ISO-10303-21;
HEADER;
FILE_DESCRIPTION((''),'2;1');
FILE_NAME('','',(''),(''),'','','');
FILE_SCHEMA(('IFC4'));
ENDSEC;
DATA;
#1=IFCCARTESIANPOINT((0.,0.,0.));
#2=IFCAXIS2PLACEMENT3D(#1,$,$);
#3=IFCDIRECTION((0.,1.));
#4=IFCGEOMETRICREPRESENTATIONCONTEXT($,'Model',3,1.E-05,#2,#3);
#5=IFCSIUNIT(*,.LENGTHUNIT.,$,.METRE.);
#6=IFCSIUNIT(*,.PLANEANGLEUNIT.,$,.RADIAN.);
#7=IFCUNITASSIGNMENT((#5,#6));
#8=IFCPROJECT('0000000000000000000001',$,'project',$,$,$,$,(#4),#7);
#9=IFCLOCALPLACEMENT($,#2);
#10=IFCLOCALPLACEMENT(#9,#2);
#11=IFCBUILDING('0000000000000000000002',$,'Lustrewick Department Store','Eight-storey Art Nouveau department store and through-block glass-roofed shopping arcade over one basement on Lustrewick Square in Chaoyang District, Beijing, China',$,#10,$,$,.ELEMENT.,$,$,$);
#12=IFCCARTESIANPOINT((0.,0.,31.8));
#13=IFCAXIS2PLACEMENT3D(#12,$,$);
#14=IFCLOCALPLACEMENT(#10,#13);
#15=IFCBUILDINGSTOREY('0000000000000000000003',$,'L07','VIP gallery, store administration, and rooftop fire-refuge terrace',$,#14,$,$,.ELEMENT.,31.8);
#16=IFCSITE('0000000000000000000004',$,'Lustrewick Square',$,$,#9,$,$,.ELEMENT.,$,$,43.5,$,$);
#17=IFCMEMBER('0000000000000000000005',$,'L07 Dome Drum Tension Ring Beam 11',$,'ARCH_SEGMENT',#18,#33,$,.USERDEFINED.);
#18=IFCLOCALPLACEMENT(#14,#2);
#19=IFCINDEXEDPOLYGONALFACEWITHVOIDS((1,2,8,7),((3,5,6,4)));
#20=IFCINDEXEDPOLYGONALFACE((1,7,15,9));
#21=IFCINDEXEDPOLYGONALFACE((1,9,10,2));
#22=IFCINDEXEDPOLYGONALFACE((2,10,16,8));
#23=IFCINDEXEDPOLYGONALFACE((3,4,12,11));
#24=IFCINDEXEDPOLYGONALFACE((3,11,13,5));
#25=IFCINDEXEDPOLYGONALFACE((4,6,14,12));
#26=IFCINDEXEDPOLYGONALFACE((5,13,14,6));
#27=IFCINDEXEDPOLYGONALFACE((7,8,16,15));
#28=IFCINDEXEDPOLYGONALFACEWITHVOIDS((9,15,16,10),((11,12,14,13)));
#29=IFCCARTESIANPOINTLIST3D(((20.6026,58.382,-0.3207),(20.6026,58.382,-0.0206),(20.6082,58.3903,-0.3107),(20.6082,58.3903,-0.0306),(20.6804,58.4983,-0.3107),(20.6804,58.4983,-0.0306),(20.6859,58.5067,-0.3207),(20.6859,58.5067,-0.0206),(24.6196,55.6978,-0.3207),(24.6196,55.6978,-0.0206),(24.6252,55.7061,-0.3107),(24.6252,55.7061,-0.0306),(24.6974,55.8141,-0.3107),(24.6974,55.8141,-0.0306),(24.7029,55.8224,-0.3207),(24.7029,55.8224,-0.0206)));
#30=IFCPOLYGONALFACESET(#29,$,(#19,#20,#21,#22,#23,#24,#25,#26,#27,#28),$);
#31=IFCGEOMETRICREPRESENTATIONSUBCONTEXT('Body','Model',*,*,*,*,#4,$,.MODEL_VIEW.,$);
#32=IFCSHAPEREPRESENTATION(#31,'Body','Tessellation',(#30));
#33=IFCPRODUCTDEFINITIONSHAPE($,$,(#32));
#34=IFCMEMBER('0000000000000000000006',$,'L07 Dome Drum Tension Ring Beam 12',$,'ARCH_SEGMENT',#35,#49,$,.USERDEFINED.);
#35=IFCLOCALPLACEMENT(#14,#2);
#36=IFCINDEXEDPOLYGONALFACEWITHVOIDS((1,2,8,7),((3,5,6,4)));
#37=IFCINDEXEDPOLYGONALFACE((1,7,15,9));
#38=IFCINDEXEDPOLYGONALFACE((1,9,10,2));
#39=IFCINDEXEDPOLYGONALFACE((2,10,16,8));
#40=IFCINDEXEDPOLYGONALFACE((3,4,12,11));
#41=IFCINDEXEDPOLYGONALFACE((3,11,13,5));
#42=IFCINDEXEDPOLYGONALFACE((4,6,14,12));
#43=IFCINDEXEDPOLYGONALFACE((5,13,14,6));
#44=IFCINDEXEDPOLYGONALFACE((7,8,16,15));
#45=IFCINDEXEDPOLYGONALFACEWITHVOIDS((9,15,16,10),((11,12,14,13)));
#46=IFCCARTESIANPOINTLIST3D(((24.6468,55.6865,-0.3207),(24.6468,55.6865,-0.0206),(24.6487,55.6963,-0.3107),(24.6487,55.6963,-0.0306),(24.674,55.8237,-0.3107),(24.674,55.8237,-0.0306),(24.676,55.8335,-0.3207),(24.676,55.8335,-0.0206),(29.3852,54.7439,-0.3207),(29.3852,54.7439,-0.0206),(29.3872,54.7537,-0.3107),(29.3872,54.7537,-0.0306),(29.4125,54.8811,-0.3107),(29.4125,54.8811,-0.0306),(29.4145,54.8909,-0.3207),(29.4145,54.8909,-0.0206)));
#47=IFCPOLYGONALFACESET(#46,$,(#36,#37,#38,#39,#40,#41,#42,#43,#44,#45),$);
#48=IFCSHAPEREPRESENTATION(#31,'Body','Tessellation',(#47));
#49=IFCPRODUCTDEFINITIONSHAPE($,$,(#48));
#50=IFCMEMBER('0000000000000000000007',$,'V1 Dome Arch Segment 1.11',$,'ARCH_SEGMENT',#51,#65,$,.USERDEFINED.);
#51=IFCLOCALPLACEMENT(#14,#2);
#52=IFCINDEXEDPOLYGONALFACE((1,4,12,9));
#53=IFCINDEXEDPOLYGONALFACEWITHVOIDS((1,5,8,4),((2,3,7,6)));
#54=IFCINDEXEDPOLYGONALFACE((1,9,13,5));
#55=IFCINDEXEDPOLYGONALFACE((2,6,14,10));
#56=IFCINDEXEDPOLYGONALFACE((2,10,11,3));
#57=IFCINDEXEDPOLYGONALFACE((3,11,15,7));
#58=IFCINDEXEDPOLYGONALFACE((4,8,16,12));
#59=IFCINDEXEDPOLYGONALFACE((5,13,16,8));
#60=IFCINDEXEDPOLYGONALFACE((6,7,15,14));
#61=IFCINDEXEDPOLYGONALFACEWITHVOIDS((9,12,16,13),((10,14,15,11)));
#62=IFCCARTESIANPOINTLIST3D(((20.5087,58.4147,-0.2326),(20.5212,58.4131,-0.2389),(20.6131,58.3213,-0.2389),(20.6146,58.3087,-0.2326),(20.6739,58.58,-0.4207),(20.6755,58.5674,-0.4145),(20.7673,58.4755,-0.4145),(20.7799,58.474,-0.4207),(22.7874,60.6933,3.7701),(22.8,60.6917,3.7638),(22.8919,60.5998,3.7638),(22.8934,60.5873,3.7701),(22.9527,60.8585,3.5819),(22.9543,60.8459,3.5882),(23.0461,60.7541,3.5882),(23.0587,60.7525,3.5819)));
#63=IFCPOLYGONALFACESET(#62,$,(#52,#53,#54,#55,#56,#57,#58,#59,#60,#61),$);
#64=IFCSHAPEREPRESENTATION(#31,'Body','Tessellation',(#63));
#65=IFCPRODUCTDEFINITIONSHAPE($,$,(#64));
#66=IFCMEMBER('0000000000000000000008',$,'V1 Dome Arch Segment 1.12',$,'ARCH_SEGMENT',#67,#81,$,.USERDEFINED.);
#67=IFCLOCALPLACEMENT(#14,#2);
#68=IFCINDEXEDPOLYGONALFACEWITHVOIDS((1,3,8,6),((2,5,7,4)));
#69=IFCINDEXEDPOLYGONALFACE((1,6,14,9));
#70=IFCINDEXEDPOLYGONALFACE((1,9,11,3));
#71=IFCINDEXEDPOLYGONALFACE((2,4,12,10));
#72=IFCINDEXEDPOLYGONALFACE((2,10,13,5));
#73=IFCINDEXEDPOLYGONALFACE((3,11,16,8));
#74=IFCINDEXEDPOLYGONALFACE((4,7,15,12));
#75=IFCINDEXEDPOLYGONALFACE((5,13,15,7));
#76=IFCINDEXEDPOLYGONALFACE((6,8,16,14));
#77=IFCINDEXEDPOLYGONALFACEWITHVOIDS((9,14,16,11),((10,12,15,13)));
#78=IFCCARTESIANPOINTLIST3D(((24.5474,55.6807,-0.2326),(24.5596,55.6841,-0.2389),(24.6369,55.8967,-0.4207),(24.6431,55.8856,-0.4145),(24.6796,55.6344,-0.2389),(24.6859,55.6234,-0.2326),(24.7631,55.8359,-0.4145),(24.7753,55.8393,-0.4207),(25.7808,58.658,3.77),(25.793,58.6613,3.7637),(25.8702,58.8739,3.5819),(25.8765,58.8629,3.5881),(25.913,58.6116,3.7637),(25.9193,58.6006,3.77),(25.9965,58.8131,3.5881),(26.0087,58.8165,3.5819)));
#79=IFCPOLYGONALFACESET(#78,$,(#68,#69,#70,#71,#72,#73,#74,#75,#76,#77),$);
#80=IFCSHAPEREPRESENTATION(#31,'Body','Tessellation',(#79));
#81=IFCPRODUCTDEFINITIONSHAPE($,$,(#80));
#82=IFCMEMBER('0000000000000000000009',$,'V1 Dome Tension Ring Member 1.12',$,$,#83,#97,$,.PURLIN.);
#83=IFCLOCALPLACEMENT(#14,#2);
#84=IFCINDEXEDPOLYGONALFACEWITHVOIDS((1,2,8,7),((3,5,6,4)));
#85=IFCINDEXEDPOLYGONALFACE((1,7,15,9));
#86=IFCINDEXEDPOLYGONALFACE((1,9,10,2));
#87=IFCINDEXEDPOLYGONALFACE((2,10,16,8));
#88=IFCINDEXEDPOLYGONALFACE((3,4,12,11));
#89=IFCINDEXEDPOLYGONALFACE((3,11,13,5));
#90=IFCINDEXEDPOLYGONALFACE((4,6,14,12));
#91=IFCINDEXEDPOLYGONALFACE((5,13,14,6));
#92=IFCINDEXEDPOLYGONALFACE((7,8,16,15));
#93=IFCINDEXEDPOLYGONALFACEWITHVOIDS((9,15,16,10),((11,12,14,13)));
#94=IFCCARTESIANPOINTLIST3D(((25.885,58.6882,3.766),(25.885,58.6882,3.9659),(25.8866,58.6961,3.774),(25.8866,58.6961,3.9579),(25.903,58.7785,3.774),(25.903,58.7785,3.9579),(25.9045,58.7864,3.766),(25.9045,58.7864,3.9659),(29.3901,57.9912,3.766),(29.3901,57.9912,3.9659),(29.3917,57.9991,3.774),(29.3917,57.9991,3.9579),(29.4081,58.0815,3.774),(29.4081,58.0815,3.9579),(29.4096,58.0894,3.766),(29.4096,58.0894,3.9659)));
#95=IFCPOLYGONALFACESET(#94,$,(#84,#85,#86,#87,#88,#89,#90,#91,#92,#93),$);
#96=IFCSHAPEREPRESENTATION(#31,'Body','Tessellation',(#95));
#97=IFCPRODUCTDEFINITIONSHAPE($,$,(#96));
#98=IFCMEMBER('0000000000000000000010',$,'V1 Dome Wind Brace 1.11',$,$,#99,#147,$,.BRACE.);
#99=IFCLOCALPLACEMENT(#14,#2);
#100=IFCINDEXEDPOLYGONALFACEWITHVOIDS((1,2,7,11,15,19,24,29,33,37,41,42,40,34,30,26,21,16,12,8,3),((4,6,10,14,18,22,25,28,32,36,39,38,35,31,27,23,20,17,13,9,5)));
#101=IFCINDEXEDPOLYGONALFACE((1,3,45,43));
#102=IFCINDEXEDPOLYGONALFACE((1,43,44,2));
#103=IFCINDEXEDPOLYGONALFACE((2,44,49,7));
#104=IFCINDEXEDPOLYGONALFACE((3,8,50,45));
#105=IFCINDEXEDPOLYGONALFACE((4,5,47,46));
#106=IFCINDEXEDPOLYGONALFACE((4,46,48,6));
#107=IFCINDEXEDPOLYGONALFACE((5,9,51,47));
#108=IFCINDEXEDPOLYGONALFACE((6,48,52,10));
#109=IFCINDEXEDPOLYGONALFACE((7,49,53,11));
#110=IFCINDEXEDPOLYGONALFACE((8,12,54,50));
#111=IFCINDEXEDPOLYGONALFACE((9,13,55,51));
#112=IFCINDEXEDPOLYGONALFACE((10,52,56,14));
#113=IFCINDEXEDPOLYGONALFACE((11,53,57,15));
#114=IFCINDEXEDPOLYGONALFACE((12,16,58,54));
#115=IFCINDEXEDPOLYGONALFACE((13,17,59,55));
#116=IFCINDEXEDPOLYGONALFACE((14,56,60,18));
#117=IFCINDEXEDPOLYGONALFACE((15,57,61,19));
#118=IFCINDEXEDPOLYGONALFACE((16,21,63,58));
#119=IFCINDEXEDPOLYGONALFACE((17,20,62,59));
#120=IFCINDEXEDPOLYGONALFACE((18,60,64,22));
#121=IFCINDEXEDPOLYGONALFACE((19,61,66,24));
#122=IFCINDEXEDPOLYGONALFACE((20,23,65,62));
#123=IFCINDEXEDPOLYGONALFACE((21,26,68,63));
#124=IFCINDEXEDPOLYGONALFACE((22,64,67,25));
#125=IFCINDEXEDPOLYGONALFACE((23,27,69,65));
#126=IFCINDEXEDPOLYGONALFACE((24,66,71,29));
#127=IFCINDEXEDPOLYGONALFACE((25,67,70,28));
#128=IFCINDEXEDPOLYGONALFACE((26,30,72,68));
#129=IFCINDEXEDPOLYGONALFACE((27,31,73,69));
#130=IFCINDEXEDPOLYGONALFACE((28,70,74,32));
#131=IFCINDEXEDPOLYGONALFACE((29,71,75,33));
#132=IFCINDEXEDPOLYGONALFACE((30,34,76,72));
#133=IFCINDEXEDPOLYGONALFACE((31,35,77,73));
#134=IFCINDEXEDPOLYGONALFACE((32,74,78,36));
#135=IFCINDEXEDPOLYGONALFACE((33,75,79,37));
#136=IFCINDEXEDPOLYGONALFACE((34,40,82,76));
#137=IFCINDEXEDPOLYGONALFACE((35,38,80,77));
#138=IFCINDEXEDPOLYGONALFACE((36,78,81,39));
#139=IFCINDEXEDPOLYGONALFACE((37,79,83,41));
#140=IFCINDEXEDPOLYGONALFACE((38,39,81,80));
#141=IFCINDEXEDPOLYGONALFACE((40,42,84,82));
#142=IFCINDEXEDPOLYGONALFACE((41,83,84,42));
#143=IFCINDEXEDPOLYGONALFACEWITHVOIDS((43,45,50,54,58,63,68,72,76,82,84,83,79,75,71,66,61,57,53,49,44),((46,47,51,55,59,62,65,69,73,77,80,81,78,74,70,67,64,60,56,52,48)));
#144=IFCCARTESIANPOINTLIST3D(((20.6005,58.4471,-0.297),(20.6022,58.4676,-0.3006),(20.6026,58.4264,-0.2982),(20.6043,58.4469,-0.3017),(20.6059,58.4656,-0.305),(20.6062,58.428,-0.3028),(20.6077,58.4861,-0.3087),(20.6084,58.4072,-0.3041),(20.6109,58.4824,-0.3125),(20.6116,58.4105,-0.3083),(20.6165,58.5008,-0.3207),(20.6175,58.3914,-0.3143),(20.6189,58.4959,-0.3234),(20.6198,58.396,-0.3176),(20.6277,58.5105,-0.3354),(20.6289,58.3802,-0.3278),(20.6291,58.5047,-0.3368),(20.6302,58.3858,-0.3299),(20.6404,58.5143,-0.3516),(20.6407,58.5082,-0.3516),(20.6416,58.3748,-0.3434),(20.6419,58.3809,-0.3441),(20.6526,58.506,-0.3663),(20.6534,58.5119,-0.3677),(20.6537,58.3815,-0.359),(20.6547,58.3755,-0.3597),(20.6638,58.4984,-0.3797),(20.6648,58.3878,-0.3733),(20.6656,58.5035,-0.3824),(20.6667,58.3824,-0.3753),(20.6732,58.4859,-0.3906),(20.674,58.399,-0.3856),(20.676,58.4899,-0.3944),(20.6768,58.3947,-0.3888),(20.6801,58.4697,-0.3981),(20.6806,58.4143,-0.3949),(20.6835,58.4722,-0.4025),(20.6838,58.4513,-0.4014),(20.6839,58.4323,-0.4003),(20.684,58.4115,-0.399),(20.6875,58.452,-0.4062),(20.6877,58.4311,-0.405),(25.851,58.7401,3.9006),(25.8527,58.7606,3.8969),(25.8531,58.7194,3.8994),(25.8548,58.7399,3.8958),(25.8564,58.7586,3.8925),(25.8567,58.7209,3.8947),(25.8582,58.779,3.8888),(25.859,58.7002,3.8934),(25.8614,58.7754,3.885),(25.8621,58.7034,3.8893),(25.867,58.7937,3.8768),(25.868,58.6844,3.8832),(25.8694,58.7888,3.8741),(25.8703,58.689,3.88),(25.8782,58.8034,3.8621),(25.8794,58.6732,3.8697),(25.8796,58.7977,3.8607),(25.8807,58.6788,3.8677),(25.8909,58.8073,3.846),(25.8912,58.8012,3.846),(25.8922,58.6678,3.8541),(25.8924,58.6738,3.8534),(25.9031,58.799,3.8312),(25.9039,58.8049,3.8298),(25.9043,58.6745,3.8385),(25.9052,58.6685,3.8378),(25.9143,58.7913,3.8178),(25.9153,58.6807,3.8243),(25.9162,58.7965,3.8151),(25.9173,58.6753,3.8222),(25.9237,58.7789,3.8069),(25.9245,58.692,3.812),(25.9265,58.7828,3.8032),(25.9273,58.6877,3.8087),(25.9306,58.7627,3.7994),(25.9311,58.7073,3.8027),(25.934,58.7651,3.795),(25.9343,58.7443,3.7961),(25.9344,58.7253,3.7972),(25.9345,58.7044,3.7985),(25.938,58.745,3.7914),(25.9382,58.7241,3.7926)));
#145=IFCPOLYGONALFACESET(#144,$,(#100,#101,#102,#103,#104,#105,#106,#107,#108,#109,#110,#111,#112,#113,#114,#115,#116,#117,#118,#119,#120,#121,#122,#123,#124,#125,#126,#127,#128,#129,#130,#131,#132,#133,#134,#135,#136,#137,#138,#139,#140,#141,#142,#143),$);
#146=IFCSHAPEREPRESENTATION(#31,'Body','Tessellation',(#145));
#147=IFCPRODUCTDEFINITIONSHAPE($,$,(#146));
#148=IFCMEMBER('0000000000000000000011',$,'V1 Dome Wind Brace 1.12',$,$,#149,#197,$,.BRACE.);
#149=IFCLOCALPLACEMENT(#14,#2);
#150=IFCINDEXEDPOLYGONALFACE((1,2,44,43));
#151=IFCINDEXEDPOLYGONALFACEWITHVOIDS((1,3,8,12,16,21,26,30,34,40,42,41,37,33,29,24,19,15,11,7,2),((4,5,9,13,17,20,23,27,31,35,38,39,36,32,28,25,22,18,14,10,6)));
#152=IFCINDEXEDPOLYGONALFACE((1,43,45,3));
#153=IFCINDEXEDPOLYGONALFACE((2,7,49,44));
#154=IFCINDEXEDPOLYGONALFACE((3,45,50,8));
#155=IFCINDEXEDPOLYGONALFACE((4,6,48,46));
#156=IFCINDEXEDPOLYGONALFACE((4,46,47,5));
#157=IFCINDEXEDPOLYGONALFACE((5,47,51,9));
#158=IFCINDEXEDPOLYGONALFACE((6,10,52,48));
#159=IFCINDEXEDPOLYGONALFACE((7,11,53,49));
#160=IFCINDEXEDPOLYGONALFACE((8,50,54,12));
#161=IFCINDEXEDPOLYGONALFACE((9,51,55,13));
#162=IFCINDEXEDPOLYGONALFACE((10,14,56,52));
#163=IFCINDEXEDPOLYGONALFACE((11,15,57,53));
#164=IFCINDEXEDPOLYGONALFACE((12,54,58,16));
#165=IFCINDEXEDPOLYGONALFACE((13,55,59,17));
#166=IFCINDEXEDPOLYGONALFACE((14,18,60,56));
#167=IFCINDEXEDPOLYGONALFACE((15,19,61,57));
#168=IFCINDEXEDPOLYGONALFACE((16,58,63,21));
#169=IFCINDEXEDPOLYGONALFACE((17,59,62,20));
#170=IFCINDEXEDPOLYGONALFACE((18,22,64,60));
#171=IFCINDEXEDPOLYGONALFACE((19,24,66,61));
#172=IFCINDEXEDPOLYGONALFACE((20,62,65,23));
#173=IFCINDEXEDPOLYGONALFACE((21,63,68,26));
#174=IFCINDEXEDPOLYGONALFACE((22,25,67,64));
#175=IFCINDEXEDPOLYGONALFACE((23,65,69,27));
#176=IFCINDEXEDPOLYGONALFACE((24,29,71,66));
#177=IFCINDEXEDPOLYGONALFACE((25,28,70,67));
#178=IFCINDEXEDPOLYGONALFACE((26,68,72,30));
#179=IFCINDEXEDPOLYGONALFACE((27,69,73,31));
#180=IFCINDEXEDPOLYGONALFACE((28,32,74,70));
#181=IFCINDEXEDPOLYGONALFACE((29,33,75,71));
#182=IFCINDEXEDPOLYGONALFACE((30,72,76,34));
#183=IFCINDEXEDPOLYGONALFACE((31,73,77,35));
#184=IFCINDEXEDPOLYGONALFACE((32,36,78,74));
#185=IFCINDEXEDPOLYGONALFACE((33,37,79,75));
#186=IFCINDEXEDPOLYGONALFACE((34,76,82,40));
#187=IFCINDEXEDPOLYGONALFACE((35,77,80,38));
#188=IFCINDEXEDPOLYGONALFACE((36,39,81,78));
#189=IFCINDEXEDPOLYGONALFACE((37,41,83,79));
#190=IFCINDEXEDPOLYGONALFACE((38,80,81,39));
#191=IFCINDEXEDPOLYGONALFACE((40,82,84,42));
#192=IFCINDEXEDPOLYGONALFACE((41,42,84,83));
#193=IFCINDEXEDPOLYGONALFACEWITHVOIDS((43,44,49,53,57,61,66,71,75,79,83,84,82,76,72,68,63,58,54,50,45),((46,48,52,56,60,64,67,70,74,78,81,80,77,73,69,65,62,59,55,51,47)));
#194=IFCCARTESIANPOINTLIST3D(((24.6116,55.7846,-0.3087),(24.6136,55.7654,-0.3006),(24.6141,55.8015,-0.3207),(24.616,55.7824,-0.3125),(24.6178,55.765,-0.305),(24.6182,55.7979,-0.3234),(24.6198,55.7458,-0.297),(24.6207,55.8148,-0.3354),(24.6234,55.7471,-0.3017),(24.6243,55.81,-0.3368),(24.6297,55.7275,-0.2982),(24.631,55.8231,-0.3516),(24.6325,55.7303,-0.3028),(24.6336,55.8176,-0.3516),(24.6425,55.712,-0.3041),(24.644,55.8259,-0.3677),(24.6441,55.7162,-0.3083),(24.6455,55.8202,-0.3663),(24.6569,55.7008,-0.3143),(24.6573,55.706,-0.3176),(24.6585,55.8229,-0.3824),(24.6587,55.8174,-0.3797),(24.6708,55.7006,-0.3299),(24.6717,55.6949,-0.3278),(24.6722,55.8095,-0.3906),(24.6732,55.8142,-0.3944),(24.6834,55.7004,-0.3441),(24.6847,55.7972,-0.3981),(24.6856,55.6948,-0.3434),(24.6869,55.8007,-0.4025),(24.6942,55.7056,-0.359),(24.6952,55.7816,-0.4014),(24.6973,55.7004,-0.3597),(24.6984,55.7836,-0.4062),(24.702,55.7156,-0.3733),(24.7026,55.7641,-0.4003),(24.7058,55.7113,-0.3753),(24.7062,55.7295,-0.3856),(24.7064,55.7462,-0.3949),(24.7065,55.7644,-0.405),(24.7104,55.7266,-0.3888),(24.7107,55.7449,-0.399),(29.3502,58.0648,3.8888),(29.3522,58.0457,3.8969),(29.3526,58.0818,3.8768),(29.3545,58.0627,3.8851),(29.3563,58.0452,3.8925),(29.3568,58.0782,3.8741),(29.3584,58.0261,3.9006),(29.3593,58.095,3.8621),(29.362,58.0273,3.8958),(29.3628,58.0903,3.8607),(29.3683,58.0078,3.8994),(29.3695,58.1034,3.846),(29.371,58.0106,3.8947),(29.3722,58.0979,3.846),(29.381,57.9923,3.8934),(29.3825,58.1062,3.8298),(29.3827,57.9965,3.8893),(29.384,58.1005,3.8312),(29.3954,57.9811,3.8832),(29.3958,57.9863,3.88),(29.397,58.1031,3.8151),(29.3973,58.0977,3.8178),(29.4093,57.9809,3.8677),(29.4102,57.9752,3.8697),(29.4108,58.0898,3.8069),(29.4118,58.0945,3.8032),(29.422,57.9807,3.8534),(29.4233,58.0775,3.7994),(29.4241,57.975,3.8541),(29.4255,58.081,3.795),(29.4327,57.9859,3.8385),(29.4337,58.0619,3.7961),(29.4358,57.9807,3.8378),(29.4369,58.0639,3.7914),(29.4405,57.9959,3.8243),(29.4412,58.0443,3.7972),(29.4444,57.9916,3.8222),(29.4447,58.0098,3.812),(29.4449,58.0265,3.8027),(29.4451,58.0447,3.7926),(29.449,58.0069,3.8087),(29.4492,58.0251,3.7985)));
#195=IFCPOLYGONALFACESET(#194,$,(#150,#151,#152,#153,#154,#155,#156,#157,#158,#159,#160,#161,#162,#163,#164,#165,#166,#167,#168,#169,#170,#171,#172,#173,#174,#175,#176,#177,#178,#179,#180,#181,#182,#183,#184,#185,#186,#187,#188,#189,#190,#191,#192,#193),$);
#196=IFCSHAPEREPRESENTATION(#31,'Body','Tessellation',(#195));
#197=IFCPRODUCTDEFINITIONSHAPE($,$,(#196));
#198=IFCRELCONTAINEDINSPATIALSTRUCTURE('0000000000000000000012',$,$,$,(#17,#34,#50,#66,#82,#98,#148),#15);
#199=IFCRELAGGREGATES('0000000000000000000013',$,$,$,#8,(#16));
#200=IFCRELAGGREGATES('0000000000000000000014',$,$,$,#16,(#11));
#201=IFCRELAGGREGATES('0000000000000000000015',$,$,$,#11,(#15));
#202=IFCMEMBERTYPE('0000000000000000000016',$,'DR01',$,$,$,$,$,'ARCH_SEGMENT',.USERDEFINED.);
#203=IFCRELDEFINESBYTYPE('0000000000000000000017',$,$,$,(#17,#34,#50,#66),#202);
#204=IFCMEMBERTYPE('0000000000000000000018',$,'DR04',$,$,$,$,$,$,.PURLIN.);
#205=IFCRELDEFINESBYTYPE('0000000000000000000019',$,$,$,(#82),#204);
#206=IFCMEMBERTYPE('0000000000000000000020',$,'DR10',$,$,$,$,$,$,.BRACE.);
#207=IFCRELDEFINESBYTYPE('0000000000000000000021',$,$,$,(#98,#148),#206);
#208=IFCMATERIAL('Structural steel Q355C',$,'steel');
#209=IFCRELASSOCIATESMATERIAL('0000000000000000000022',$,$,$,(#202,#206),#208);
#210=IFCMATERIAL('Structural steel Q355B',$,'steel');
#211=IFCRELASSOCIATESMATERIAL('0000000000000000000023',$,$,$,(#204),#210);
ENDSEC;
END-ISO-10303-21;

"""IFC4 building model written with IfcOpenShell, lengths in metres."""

from ifc_helpers import new_model, si_unit, direction, frame, origin, origin_2d, place, context, subcontext, project, spatial, hollow_rectangle, hollow_circle, extrude, material, material_profile, profile_set, type_object, element, save


model = new_model("IFC4")

# Units and contexts
model_context = context("Model", 3, precision=1e-05, world=origin(), true_north=direction((0.0, 1.0)))
body_context = subcontext(model_context, "Body", "Model", "MODEL_VIEW")
ifc_project = project(units=[si_unit("LENGTHUNIT", "METRE"), si_unit("PLANEANGLEUNIT", "RADIAN")], contexts=[model_context])

# Site, building, storey
site_placement = place(None, origin())
site = spatial("IfcSite", under=ifc_project, at=site_placement, Name="Lustrewick Square", CompositionType="ELEMENT", RefElevation=43.5)
building_placement = place(site_placement, origin())
building = spatial("IfcBuilding", under=site, at=building_placement, Name="Lustrewick Department Store", Description="Eight-storey Art Nouveau department store and through-block glass-roofed shopping arcade over one basement on Lustrewick Square in Chaoyang District, Beijing, China", CompositionType="ELEMENT")
storey_placement = place(building_placement, frame((0.0, 0.0, 31.8)))
storey = spatial("IfcBuildingStorey", under=building, at=storey_placement, Name="L07", Description="VIP gallery, store administration, and rooftop fire-refuge terrace", CompositionType="ELEMENT", Elevation=31.8)

# Members
ifc_material_1 = material(Name="Structural steel Q355C", Category="steel")
ifc_material_profile_1 = material_profile(ifc_material_1, hollow_rectangle(XDim=0.1499, YDim=0.3, WallThickness=0.01, at=origin_2d()), Name="RHS 300x150x10")
ifc_profile_set_1 = profile_set([ifc_material_profile_1], Name="Structural steel Q355C")
member_type_1 = type_object("IfcMemberType", Name="DR01", ElementType="ARCH_SEGMENT", PredefinedType="USERDEFINED", material=ifc_profile_set_1)
for number, where, z_axis, x_axis, name in (
    (1, (20.6443, 58.4443, -0.1707), (0.831451, -0.555598, 0.0), (0.555598, 0.831451, 0.0), "L07 Dome Drum Tension Ring Beam 11"),
    (2, (24.6614, 55.76, -0.1707), (0.980782, -0.195105, 0.0), (0.195105, 0.980782, 0.0), "L07 Dome Drum Tension Ring Beam 12"),
):
    element("IfcMember", number, at=place(storey_placement, frame(where, z_axis=z_axis, x_axis=x_axis)), inside=storey, type_object=member_type_1, Name=name, ObjectType="ARCH_SEGMENT", PredefinedType="USERDEFINED", context=body_context, shape_type="SweptSolid", body=[
        extrude(hollow_rectangle(XDim=0.1499, YDim=0.3, WallThickness=0.01, at=origin_2d()), origin(), (0.0, 0.0, 1.0), 4.8313),
    ])
for number, where, z_axis, x_axis, name in (
    (3, (20.6443, 58.4443, -0.3267), (0.443459, 0.443412, 0.778928), (-0.707069, 0.707145, 0.0), "V1 Dome Arch Segment 1.11"),
    (4, (24.6614, 55.76, -0.3267), (0.240018, 0.579378, 0.778918), (-0.923862, 0.382726, 0.0), "V1 Dome Arch Segment 1.12"),
):
    element("IfcMember", number, at=place(storey_placement, frame(where, z_axis=z_axis, x_axis=x_axis)), inside=storey, type_object=member_type_1, Name=name, ObjectType="ARCH_SEGMENT", PredefinedType="USERDEFINED", context=body_context, shape_type="SweptSolid", body=[
        extrude(hollow_rectangle(XDim=0.1499, YDim=0.3, WallThickness=0.01, at=origin_2d()), origin(), (0.0, 0.0, 1.0), 5.1387),
    ])
ifc_material_2 = material(Name="Structural steel Q355B", Category="steel")
ifc_material_profile_2 = material_profile(ifc_material_2, hollow_rectangle(XDim=0.1001, YDim=0.2, WallThickness=0.0081, at=origin_2d()), Name="RHS 200x100x8")
ifc_profile_set_2 = profile_set([ifc_material_profile_2], Name="Structural steel Q355B")
member_type_2 = type_object("IfcMemberType", Name="DR04", PredefinedType="PURLIN", material=ifc_profile_set_2)
member_1_placement = place(storey_placement, frame((25.8948, 58.7373, 3.866), z_axis=(0.980796, -0.195039, 0.0), x_axis=(0.195039, 0.980796, 0.0)))
element("IfcMember", 5, at=member_1_placement, inside=storey, type_object=member_type_2, Name="V1 Dome Tension Ring Member 1.12", PredefinedType="PURLIN", context=body_context, shape_type="SweptSolid", body=[
    extrude(hollow_rectangle(XDim=0.1001, YDim=0.2, WallThickness=0.0081, at=origin_2d()), origin(), (0.0, 0.0, 1.0), 3.5737),
])
ifc_material_profile_3 = material_profile(ifc_material_1, hollow_circle(Radius=0.0701, WallThickness=0.0061, at=origin_2d()), Name="CHS 140x6")
ifc_profile_set_3 = profile_set([ifc_material_profile_3], Name="Structural steel Q355C")
member_type_3 = type_object("IfcMemberType", Name="DR10", PredefinedType="BRACE", material=ifc_profile_set_3)
for number, where, z_axis, x_axis, name in (
    (6, (20.6443, 58.4443, -0.3516), (0.780337, 0.043542, 0.623841), (-0.055712, 0.998447, 0.0), "V1 Dome Wind Brace 1.11"),
    (7, (24.6614, 55.76, -0.3516), (0.70425, 0.338899, 0.623843), (-0.433624, 0.901094, 0.0), "V1 Dome Wind Brace 1.12"),
):
    element("IfcMember", number, at=place(storey_placement, frame(where, z_axis=z_axis, x_axis=x_axis)), inside=storey, type_object=member_type_3, Name=name, PredefinedType="BRACE", context=body_context, shape_type="SweptSolid", body=[
        extrude(hollow_circle(Radius=0.0701, WallThickness=0.0061, at=origin_2d()), origin(), (0.0, 0.0, 1.0), 6.7285),
    ])

save(model, "model.ifc")
